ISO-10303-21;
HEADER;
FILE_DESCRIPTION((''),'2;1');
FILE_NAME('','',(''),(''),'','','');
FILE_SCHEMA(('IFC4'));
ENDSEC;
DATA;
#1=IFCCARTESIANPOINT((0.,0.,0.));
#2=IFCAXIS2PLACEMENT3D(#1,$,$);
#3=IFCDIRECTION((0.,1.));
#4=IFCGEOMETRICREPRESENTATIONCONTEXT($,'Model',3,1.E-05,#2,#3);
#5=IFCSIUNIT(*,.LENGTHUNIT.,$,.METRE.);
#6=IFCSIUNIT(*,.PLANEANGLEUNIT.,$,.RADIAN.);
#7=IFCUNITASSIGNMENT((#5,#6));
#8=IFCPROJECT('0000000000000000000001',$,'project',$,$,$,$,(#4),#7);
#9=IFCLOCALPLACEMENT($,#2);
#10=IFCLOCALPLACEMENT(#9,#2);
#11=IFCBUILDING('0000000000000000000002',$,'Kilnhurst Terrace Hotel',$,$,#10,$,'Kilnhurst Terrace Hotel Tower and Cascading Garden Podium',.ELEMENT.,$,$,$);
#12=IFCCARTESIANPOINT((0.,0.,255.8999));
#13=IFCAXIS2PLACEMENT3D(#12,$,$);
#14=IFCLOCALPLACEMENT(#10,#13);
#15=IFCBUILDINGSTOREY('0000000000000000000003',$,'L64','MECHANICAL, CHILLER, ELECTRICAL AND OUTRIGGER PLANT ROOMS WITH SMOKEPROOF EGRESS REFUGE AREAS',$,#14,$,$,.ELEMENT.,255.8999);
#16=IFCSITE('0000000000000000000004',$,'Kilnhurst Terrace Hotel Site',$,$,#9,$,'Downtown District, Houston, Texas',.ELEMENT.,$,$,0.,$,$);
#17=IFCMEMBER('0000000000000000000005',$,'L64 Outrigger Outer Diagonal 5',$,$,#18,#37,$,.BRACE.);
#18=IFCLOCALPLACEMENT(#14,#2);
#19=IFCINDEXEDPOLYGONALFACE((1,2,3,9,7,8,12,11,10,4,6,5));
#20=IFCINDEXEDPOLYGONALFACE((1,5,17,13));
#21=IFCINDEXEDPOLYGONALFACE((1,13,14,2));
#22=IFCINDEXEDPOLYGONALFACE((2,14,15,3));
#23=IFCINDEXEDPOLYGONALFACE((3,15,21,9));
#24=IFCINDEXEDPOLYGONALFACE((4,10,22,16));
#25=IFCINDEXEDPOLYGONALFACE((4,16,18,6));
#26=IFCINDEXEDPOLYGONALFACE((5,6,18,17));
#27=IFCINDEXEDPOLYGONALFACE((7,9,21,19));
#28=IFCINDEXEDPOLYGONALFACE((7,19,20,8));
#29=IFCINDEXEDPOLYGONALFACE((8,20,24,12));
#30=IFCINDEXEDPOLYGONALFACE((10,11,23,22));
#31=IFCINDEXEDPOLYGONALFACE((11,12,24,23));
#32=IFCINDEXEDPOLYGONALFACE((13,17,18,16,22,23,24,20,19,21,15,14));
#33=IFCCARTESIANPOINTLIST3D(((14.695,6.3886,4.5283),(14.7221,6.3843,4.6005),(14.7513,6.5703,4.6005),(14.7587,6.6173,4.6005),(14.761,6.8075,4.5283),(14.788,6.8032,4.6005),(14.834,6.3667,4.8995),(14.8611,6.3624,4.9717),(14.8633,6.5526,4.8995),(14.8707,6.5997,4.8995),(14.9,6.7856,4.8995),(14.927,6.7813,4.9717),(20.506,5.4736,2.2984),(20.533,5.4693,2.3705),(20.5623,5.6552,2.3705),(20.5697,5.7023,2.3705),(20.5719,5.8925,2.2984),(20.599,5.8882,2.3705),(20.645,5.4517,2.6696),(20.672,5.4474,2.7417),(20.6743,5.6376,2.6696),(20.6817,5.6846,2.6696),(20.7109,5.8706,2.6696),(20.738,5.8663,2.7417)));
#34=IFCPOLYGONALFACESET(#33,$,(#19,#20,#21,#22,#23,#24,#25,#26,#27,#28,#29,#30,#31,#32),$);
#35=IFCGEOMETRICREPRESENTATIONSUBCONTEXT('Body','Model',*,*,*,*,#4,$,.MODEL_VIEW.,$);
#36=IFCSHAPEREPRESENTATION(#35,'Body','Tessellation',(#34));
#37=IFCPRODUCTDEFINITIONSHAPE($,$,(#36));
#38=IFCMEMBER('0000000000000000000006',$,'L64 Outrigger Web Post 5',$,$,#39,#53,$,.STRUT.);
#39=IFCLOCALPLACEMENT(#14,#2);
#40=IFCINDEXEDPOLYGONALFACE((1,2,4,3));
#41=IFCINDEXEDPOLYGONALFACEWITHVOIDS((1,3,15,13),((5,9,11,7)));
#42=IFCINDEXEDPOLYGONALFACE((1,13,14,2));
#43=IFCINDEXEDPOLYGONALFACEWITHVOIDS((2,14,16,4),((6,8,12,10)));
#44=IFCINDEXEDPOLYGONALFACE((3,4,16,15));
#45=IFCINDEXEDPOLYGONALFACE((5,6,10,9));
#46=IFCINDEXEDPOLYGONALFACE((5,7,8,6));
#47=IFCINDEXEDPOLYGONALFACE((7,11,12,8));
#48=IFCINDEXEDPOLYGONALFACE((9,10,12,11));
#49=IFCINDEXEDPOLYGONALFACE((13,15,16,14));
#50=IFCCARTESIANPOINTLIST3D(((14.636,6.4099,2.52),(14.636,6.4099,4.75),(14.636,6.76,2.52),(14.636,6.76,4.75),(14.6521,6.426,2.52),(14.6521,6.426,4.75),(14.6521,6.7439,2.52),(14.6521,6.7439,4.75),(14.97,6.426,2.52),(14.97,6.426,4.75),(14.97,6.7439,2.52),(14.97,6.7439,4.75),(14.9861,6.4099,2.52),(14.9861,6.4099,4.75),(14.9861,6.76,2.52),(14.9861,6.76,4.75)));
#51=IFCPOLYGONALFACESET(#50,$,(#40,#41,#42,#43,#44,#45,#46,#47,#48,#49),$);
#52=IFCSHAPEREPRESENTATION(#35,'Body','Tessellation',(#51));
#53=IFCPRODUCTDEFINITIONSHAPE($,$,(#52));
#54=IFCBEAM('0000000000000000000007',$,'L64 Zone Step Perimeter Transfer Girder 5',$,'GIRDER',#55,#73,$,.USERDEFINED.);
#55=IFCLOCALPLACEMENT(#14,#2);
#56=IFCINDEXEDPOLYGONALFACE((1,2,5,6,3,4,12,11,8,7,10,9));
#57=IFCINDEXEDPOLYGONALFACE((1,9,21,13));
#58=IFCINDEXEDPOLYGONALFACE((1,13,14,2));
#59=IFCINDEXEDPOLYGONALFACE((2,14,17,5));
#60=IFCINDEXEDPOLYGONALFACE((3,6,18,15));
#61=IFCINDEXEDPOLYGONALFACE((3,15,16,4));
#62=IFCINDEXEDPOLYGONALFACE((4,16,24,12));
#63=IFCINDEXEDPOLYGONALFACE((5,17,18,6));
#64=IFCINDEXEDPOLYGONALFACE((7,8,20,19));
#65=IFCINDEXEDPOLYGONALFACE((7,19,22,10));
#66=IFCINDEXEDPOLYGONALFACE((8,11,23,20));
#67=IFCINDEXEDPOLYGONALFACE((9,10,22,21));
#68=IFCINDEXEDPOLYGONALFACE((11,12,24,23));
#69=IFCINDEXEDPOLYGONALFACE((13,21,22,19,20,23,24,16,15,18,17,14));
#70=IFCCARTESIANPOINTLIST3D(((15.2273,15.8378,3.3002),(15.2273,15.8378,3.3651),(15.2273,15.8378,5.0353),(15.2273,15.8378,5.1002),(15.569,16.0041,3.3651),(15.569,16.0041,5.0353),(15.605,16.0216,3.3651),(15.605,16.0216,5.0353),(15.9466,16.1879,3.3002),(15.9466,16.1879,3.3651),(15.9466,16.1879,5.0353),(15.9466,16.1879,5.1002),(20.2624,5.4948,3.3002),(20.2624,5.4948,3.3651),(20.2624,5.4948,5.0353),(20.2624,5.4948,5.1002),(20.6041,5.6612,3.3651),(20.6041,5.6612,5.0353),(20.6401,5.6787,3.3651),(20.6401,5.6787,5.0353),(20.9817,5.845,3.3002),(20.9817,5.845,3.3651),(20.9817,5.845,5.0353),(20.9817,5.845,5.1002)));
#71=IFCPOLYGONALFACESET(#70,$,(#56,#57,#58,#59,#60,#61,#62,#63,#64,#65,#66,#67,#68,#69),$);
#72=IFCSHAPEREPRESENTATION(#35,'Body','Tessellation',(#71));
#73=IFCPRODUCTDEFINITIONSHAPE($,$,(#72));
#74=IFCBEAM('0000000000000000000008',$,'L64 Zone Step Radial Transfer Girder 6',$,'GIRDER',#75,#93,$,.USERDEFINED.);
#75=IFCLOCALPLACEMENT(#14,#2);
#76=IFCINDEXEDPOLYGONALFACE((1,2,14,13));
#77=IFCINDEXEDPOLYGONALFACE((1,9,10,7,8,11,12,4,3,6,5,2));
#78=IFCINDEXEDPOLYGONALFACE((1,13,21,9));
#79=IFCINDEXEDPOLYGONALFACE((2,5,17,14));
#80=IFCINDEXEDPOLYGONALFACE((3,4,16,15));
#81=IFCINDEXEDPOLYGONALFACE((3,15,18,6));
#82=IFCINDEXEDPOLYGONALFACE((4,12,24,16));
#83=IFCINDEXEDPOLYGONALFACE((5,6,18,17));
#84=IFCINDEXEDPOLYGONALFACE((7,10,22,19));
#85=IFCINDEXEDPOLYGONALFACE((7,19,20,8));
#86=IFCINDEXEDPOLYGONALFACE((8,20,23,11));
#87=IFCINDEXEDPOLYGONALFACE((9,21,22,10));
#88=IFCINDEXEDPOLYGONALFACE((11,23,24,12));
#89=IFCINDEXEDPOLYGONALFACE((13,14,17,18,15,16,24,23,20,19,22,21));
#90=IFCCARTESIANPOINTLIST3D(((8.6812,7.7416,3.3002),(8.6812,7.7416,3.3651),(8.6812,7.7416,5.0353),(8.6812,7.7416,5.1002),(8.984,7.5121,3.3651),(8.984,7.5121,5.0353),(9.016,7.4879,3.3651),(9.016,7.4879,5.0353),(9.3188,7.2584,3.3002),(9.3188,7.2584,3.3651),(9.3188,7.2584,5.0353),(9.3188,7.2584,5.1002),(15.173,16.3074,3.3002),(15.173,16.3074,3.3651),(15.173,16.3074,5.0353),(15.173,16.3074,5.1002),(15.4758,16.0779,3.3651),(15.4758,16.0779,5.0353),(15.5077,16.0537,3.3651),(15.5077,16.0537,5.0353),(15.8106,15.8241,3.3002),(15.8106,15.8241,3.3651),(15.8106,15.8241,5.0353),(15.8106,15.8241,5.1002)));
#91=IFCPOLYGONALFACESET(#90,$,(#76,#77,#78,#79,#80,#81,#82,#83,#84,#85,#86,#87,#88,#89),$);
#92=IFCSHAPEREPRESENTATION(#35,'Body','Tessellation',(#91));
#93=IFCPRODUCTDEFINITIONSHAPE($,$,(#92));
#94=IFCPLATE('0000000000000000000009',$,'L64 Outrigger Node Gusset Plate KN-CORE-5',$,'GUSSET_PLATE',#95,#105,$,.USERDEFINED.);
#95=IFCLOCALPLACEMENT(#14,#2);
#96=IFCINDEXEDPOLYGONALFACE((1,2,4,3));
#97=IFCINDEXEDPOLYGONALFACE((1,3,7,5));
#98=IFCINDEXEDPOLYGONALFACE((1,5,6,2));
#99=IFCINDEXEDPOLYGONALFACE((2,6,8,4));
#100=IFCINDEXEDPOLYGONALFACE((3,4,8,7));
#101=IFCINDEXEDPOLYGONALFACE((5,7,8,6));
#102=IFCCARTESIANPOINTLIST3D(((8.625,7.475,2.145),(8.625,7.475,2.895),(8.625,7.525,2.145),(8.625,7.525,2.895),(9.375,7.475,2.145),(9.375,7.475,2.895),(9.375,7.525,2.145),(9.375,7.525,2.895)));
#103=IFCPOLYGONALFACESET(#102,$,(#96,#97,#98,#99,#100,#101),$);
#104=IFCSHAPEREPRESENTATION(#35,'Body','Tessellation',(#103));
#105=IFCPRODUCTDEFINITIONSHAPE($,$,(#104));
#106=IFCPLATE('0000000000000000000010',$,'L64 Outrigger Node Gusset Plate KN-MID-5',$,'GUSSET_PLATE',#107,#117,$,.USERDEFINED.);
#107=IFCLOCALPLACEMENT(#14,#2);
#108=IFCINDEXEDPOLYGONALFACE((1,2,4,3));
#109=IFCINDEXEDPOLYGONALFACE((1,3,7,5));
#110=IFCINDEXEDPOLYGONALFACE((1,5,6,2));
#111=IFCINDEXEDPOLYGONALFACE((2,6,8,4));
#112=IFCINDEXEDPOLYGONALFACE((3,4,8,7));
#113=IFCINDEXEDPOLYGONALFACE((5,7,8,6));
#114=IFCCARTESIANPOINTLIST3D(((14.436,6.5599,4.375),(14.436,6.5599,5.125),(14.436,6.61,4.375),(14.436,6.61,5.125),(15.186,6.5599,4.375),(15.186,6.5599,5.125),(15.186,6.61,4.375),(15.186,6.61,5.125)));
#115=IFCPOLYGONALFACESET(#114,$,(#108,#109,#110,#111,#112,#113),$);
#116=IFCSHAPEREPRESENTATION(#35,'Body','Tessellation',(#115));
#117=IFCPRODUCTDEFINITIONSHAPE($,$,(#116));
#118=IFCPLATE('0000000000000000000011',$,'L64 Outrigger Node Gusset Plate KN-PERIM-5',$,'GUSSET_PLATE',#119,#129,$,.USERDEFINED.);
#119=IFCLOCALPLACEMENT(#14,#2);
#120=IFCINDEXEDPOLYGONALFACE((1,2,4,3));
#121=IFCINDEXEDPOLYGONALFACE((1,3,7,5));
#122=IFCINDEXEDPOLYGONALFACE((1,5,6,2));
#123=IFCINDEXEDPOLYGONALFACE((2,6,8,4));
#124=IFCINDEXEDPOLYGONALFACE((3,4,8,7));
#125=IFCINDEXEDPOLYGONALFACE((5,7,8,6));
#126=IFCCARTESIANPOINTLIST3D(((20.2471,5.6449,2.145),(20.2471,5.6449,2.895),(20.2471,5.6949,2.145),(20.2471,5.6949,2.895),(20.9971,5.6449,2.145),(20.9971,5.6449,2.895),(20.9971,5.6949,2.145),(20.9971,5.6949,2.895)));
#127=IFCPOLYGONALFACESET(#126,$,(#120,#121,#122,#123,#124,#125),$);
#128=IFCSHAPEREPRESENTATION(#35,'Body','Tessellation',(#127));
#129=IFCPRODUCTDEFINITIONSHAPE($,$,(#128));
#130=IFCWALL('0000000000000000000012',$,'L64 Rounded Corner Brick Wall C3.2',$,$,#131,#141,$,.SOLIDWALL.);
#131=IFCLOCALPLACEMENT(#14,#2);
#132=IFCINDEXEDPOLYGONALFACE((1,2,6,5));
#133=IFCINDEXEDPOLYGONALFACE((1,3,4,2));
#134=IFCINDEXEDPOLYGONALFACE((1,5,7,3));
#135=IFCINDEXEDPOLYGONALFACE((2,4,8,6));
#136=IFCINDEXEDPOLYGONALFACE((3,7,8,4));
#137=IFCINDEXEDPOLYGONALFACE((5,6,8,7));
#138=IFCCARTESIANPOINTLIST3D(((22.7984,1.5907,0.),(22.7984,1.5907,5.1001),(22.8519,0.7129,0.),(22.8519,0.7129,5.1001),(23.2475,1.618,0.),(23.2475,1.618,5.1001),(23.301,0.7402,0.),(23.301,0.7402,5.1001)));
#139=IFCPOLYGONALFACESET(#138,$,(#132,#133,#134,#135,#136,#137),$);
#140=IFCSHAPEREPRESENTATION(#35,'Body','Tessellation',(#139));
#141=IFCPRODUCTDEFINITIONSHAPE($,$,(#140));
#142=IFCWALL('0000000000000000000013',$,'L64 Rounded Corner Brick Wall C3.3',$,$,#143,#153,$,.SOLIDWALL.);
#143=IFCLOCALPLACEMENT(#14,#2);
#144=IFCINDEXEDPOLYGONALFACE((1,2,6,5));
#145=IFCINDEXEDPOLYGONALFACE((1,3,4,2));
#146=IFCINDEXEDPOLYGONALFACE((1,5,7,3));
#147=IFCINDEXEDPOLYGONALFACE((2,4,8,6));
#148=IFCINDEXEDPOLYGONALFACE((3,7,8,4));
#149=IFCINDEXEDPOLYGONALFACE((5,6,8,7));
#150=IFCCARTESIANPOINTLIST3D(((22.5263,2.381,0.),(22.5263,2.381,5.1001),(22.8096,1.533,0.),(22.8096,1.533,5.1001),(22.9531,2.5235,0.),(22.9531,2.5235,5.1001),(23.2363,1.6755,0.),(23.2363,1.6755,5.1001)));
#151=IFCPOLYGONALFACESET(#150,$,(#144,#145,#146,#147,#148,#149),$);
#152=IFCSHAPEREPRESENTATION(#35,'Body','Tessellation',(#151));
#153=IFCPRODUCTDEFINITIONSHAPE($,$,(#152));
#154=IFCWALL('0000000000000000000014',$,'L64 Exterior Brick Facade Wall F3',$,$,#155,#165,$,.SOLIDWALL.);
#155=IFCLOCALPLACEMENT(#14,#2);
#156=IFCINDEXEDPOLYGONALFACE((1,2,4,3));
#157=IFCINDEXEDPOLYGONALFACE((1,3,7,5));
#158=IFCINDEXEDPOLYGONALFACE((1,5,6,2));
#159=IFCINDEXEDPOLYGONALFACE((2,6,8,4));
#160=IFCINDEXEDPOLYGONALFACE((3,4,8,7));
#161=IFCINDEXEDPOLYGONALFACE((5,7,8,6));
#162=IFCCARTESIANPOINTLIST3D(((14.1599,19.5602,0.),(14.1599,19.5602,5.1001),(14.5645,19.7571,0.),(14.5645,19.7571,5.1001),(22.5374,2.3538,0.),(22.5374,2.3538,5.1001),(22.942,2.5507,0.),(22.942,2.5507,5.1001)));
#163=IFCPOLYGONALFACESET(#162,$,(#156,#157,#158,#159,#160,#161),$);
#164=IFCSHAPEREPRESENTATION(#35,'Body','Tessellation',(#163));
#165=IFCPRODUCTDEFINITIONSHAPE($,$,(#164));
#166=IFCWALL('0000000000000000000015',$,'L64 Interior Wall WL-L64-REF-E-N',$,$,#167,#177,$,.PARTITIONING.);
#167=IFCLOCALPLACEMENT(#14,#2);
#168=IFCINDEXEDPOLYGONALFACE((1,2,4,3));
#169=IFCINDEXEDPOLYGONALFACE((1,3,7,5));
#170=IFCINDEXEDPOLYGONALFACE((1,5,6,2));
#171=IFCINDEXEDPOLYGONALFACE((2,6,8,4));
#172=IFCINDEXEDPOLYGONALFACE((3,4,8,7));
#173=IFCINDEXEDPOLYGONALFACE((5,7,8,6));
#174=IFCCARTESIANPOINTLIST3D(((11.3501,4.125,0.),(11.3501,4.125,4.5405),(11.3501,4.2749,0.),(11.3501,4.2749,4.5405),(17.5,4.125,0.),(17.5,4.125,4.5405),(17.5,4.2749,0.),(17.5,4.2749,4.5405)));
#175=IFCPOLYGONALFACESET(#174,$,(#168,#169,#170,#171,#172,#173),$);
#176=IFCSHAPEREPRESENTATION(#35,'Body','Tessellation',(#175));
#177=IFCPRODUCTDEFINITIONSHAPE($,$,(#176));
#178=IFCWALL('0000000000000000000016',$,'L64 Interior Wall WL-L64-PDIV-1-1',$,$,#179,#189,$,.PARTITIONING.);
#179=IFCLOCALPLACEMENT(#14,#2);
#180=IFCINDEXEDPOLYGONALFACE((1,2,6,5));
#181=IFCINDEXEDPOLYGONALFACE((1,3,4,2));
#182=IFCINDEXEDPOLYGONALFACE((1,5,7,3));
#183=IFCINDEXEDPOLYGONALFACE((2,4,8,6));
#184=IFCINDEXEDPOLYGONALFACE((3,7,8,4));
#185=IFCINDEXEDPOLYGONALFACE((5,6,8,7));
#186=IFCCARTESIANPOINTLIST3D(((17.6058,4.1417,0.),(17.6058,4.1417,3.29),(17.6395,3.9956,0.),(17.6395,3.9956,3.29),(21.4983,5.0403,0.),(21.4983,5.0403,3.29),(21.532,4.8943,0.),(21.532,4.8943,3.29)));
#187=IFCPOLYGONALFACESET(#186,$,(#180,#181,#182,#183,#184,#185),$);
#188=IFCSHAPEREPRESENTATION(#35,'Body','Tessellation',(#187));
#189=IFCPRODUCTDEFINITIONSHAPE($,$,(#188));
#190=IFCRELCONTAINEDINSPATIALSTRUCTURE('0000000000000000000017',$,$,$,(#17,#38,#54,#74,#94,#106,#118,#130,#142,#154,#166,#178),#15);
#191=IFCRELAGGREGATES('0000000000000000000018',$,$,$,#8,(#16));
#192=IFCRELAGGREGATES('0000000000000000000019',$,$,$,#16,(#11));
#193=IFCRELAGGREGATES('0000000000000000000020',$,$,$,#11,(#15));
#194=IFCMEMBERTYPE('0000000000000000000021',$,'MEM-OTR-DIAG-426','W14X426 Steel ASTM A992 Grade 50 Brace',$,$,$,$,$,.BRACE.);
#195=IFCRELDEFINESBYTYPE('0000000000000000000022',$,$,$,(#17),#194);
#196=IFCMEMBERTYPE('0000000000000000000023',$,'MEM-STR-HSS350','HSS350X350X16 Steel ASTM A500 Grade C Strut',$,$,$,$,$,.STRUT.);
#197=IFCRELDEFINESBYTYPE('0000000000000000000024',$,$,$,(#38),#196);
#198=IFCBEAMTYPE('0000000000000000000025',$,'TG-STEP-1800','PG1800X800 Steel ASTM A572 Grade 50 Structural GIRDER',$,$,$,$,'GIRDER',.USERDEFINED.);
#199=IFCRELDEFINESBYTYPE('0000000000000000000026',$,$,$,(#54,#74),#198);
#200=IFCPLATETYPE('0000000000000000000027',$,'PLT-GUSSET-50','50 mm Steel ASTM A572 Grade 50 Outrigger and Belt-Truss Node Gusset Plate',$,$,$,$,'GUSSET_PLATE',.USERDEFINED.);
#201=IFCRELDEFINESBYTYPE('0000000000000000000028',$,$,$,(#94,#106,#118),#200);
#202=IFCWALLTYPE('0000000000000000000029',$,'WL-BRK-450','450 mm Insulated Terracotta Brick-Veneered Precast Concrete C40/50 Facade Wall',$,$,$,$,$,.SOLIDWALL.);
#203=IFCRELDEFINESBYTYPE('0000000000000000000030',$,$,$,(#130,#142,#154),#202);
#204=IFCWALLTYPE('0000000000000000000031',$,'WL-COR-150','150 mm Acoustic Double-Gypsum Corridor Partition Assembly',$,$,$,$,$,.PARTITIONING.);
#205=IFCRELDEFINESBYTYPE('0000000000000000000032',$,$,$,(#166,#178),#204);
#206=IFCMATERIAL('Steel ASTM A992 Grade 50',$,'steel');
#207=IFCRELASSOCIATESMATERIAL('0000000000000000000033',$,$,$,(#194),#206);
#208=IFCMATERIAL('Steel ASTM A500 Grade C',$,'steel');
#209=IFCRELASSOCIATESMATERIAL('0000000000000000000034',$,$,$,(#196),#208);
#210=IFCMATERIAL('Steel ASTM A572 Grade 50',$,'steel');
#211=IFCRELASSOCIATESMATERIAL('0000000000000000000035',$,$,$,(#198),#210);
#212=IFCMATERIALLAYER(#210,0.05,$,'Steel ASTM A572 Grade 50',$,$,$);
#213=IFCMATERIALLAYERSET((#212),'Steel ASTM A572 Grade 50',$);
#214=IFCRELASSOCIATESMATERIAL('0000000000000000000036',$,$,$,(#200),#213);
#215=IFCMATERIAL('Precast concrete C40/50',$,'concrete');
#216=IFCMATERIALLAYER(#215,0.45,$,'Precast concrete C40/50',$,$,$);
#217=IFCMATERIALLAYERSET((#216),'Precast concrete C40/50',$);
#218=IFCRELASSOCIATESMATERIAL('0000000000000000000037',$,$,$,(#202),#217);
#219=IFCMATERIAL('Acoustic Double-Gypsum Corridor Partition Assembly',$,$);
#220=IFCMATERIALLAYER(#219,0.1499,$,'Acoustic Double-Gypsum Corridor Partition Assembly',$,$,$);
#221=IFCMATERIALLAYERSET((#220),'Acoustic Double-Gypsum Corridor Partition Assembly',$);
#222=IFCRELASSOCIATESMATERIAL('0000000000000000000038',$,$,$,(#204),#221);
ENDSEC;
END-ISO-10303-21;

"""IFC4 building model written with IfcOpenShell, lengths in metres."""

from ifc_helpers import new_model, si_unit, direction, frame, frame_2d, origin, origin_2d, place, context, subcontext, project, spatial, rectangle, hollow_rectangle, i_section, extrude, material, layer, layer_set, material_profile, profile_set, type_object, element, save


model = new_model("IFC4")

# Units and contexts
model_context = context("Model", 3, precision=1e-05, world=origin(), true_north=direction((0.0, 1.0)))
body_context = subcontext(model_context, "Body", "Model", "MODEL_VIEW")
ifc_project = project(units=[si_unit("LENGTHUNIT", "METRE"), si_unit("PLANEANGLEUNIT", "RADIAN")], contexts=[model_context])

# Site, building, storey
site_placement = place(None, origin())
site = spatial("IfcSite", under=ifc_project, at=site_placement, Name="Kilnhurst Terrace Hotel Site", LongName="Downtown District, Houston, Texas", CompositionType="ELEMENT", RefElevation=0.0)
building_placement = place(site_placement, origin())
building = spatial("IfcBuilding", under=site, at=building_placement, Name="Kilnhurst Terrace Hotel", LongName="Kilnhurst Terrace Hotel Tower and Cascading Garden Podium", CompositionType="ELEMENT")
storey_placement = place(building_placement, frame((0.0, 0.0, 255.8999)))
storey = spatial("IfcBuildingStorey", under=building, at=storey_placement, Name="L64", Description="MECHANICAL, CHILLER, ELECTRICAL AND OUTRIGGER PLANT ROOMS WITH SMOKEPROOF EGRESS REFUGE AREAS", CompositionType="ELEMENT", Elevation=255.8999)

# Shared definitions
ifc_material_1 = material(Name="Steel ASTM A992 Grade 50", Category="steel")

# Members
ifc_material_profile_1 = material_profile(ifc_material_1, i_section(OverallWidth=0.4241, OverallDepth=0.4741, WebThickness=0.0476, FlangeThickness=0.0771, at=origin_2d()), Name="W14X426")
ifc_profile_set_1 = profile_set([ifc_material_profile_1], Name="Steel ASTM A992 Grade 50")
member_type_1 = type_object("IfcMemberType", Name="MEM-OTR-DIAG-426", Description="W14X426 Steel ASTM A992 Grade 50 Brace", PredefinedType="BRACE", material=ifc_profile_set_1)
for number, where, z_axis, x_axis, name in (
    (1, (14.811, 6.585, 4.75), (0.923688, -0.145449, -0.354465), (0.155549, 0.987828, 0.0), "L64 Outrigger Outer Diagonal 5"),
):
    element("IfcMember", number, at=place(storey_placement, frame(where, z_axis=z_axis, x_axis=x_axis)), inside=storey, type_object=member_type_1, Name=name, PredefinedType="BRACE", context=body_context, shape_type="SweptSolid", body=[
        extrude(i_section(OverallWidth=0.4241, OverallDepth=0.4741, WebThickness=0.0476, FlangeThickness=0.0771, at=origin_2d()), origin(), (0.0, 0.0, 1.0), 6.291),
    ])
ifc_material_2 = material(Name="Steel ASTM A500 Grade C", Category="steel")
ifc_material_profile_2 = material_profile(ifc_material_2, hollow_rectangle(XDim=0.3501, YDim=0.3501, WallThickness=0.0161, at=origin_2d()), Name="HSS350X350X16")
ifc_profile_set_2 = profile_set([ifc_material_profile_2], Name="Steel ASTM A500 Grade C")
member_type_2 = type_object("IfcMemberType", Name="MEM-STR-HSS350", Description="HSS350X350X16 Steel ASTM A500 Grade C Strut", PredefinedType="STRUT", material=ifc_profile_set_2)
member_1_placement = place(storey_placement, frame((14.811, 6.585, 2.52), z_axis=(0.0, 0.0, 1.0), x_axis=(1.0, 0.0, 0.0)))
element("IfcMember", 2, at=member_1_placement, inside=storey, type_object=member_type_2, Name="L64 Outrigger Web Post 5", PredefinedType="STRUT", context=body_context, shape_type="SweptSolid", body=[
    extrude(hollow_rectangle(XDim=0.3501, YDim=0.3501, WallThickness=0.0161, at=origin_2d()), origin(), (0.0, 0.0, 1.0), 2.23),
])

# Beams
ifc_material_3 = material(Name="Steel ASTM A572 Grade 50", Category="steel")
ifc_material_profile_3 = material_profile(ifc_material_3, i_section(OverallWidth=0.8, OverallDepth=1.8, WebThickness=0.04, FlangeThickness=0.0649, at=origin_2d()), Name="PG1800X800")
ifc_profile_set_3 = profile_set([ifc_material_profile_3], Name="Steel ASTM A572 Grade 50")
beam_type_1 = type_object("IfcBeamType", Name="TG-STEP-1800", Description="PG1800X800 Steel ASTM A572 Grade 50 Structural GIRDER", ElementType="GIRDER", PredefinedType="USERDEFINED", material=ifc_profile_set_3)
beam_1_placement = place(storey_placement, frame((20.6221, 5.6699, 4.2002), z_axis=(-0.437706, 0.899118, 0.0), x_axis=(-0.899118, -0.437706, 0.0)))
element("IfcBeam", 3, at=beam_1_placement, inside=storey, type_object=beam_type_1, Name="L64 Zone Step Perimeter Transfer Girder 5", ObjectType="GIRDER", PredefinedType="USERDEFINED", context=body_context, shape_type="SweptSolid", body=[
    extrude(i_section(OverallWidth=0.8, OverallDepth=1.8, WebThickness=0.04, FlangeThickness=0.0649, at=origin_2d()), origin(), (0.0, 0.0, 1.0), 11.5034),
])
beam_2_placement = place(storey_placement, frame((9.0, 7.5, 4.2002), z_axis=(0.604009, 0.796978, 0.0), x_axis=(-0.796978, 0.604009, 0.0)))
element("IfcBeam", 4, at=beam_2_placement, inside=storey, type_object=beam_type_1, Name="L64 Zone Step Radial Transfer Girder 6", ObjectType="GIRDER", PredefinedType="USERDEFINED", context=body_context, shape_type="SweptSolid", body=[
    extrude(i_section(OverallWidth=0.8, OverallDepth=1.8, WebThickness=0.04, FlangeThickness=0.0649, at=origin_2d()), origin(), (0.0, 0.0, 1.0), 10.7478),
])

# Plates
ifc_layer_1 = layer(ifc_material_3, 0.05, Name="Steel ASTM A572 Grade 50")
ifc_layer_set_1 = layer_set([ifc_layer_1], Name="Steel ASTM A572 Grade 50")
plate_type = type_object("IfcPlateType", Name="PLT-GUSSET-50", Description="50 mm Steel ASTM A572 Grade 50 Outrigger and Belt-Truss Node Gusset Plate", ElementType="GUSSET_PLATE", PredefinedType="USERDEFINED", material=ifc_layer_set_1)
for number, where, z_axis, x_axis, name in (
    (5, (9.0, 7.5, 2.145), (0.0, 0.0, 1.0), (1.0, 0.0, 0.0), "L64 Outrigger Node Gusset Plate KN-CORE-5"),
    (6, (14.811, 6.585, 4.375), (0.0, 0.0, 1.0), (1.0, 0.0, 0.0), "L64 Outrigger Node Gusset Plate KN-MID-5"),
    (7, (20.6221, 5.6699, 2.145), (0.0, 0.0, 1.0), (1.0, 0.0, 0.0), "L64 Outrigger Node Gusset Plate KN-PERIM-5"),
):
    element("IfcPlate", number, at=place(storey_placement, frame(where, z_axis=z_axis, x_axis=x_axis)), inside=storey, type_object=plate_type, Name=name, ObjectType="GUSSET_PLATE", PredefinedType="USERDEFINED", context=body_context, shape_type="SweptSolid", body=[
        extrude(rectangle(XDim=0.75, YDim=0.05, at=origin_2d()), origin(), (0.0, 0.0, 1.0), 0.75),
    ])

# Walls
ifc_material_4 = material(Name="Precast concrete C40/50", Category="concrete")
ifc_layer_2 = layer(ifc_material_4, 0.45, Name="Precast concrete C40/50")
ifc_layer_set_2 = layer_set([ifc_layer_2], Name="Precast concrete C40/50")
wall_type_1 = type_object("IfcWallType", Name="WL-BRK-450", Description="450 mm Insulated Terracotta Brick-Veneered Precast Concrete C40/50 Facade Wall", PredefinedType="SOLIDWALL", material=ifc_layer_set_2)
wall_1_placement = place(storey_placement, frame((23.0764, 0.7266, 0.0), z_axis=(0.0, 0.0, 1.0), x_axis=(-0.060805, 0.99815, 0.0)))
element("IfcWall", 8, at=wall_1_placement, inside=storey, type_object=wall_type_1, Name="L64 Rounded Corner Brick Wall C3.2", PredefinedType="SOLIDWALL", context=body_context, shape_type="SweptSolid", body=[
    extrude(rectangle(XDim=0.8794, YDim=0.45, at=frame_2d((0.4397, 0.0))), origin(), (0.0, 0.0, 1.0), 5.1001),
])
wall_2_placement = place(storey_placement, frame((23.0229, 1.6042, 0.0), z_axis=(0.0, 0.0, 1.0), x_axis=(-0.316801, 0.948492, 0.0)))
element("IfcWall", 9, at=wall_2_placement, inside=storey, type_object=wall_type_1, Name="L64 Rounded Corner Brick Wall C3.3", PredefinedType="SOLIDWALL", context=body_context, shape_type="SweptSolid", body=[
    extrude(rectangle(XDim=0.894, YDim=0.45, at=frame_2d((0.447, 0.0))), origin(), (0.0, 0.0, 1.0), 5.1001),
])
wall_3_placement = place(storey_placement, frame((22.7397, 2.4521, 0.0), z_axis=(0.0, 0.0, 1.0), x_axis=(-0.437753, 0.899095, 0.0)))
element("IfcWall", 10, at=wall_3_placement, inside=storey, type_object=wall_type_1, Name="L64 Exterior Brick Facade Wall F3", PredefinedType="SOLIDWALL", context=body_context, shape_type="SweptSolid", body=[
    extrude(rectangle(XDim=19.1375, YDim=0.45, at=frame_2d((9.5688, 0.0))), origin(), (0.0, 0.0, 1.0), 5.1001),
])
ifc_material_5 = material(Name="Acoustic Double-Gypsum Corridor Partition Assembly")
ifc_layer_3 = layer(ifc_material_5, 0.1499, Name="Acoustic Double-Gypsum Corridor Partition Assembly")
ifc_layer_set_3 = layer_set([ifc_layer_3], Name="Acoustic Double-Gypsum Corridor Partition Assembly")
wall_type_2 = type_object("IfcWallType", Name="WL-COR-150", Description="150 mm Acoustic Double-Gypsum Corridor Partition Assembly", PredefinedType="PARTITIONING", material=ifc_layer_set_3)
wall_4_placement = place(storey_placement, frame((11.3501, 4.2, 0.0), z_axis=(0.0, 0.0, 1.0), x_axis=(1.0, 0.0, 0.0)))
element("IfcWall", 11, at=wall_4_placement, inside=storey, type_object=wall_type_2, Name="L64 Interior Wall WL-L64-REF-E-N", PredefinedType="PARTITIONING", context=body_context, shape_type="SweptSolid", body=[
    extrude(rectangle(XDim=6.1499, YDim=0.1499, at=frame_2d((3.075, 0.0))), origin(), (0.0, 0.0, 1.0), 4.5405),
])
wall_5_placement = place(storey_placement, frame((17.6226, 4.0686, 0.0), z_axis=(0.0, 0.0, 1.0), x_axis=(0.97437, 0.224953, 0.0)))
element("IfcWall", 12, at=wall_5_placement, inside=storey, type_object=wall_type_2, Name="L64 Interior Wall WL-L64-PDIV-1-1", PredefinedType="PARTITIONING", context=body_context, shape_type="SweptSolid", body=[
    extrude(rectangle(XDim=3.9949, YDim=0.1499, at=frame_2d((1.9976, 0.0))), origin(), (0.0, 0.0, 1.0), 3.29),
])

save(model, "model.ifc")
